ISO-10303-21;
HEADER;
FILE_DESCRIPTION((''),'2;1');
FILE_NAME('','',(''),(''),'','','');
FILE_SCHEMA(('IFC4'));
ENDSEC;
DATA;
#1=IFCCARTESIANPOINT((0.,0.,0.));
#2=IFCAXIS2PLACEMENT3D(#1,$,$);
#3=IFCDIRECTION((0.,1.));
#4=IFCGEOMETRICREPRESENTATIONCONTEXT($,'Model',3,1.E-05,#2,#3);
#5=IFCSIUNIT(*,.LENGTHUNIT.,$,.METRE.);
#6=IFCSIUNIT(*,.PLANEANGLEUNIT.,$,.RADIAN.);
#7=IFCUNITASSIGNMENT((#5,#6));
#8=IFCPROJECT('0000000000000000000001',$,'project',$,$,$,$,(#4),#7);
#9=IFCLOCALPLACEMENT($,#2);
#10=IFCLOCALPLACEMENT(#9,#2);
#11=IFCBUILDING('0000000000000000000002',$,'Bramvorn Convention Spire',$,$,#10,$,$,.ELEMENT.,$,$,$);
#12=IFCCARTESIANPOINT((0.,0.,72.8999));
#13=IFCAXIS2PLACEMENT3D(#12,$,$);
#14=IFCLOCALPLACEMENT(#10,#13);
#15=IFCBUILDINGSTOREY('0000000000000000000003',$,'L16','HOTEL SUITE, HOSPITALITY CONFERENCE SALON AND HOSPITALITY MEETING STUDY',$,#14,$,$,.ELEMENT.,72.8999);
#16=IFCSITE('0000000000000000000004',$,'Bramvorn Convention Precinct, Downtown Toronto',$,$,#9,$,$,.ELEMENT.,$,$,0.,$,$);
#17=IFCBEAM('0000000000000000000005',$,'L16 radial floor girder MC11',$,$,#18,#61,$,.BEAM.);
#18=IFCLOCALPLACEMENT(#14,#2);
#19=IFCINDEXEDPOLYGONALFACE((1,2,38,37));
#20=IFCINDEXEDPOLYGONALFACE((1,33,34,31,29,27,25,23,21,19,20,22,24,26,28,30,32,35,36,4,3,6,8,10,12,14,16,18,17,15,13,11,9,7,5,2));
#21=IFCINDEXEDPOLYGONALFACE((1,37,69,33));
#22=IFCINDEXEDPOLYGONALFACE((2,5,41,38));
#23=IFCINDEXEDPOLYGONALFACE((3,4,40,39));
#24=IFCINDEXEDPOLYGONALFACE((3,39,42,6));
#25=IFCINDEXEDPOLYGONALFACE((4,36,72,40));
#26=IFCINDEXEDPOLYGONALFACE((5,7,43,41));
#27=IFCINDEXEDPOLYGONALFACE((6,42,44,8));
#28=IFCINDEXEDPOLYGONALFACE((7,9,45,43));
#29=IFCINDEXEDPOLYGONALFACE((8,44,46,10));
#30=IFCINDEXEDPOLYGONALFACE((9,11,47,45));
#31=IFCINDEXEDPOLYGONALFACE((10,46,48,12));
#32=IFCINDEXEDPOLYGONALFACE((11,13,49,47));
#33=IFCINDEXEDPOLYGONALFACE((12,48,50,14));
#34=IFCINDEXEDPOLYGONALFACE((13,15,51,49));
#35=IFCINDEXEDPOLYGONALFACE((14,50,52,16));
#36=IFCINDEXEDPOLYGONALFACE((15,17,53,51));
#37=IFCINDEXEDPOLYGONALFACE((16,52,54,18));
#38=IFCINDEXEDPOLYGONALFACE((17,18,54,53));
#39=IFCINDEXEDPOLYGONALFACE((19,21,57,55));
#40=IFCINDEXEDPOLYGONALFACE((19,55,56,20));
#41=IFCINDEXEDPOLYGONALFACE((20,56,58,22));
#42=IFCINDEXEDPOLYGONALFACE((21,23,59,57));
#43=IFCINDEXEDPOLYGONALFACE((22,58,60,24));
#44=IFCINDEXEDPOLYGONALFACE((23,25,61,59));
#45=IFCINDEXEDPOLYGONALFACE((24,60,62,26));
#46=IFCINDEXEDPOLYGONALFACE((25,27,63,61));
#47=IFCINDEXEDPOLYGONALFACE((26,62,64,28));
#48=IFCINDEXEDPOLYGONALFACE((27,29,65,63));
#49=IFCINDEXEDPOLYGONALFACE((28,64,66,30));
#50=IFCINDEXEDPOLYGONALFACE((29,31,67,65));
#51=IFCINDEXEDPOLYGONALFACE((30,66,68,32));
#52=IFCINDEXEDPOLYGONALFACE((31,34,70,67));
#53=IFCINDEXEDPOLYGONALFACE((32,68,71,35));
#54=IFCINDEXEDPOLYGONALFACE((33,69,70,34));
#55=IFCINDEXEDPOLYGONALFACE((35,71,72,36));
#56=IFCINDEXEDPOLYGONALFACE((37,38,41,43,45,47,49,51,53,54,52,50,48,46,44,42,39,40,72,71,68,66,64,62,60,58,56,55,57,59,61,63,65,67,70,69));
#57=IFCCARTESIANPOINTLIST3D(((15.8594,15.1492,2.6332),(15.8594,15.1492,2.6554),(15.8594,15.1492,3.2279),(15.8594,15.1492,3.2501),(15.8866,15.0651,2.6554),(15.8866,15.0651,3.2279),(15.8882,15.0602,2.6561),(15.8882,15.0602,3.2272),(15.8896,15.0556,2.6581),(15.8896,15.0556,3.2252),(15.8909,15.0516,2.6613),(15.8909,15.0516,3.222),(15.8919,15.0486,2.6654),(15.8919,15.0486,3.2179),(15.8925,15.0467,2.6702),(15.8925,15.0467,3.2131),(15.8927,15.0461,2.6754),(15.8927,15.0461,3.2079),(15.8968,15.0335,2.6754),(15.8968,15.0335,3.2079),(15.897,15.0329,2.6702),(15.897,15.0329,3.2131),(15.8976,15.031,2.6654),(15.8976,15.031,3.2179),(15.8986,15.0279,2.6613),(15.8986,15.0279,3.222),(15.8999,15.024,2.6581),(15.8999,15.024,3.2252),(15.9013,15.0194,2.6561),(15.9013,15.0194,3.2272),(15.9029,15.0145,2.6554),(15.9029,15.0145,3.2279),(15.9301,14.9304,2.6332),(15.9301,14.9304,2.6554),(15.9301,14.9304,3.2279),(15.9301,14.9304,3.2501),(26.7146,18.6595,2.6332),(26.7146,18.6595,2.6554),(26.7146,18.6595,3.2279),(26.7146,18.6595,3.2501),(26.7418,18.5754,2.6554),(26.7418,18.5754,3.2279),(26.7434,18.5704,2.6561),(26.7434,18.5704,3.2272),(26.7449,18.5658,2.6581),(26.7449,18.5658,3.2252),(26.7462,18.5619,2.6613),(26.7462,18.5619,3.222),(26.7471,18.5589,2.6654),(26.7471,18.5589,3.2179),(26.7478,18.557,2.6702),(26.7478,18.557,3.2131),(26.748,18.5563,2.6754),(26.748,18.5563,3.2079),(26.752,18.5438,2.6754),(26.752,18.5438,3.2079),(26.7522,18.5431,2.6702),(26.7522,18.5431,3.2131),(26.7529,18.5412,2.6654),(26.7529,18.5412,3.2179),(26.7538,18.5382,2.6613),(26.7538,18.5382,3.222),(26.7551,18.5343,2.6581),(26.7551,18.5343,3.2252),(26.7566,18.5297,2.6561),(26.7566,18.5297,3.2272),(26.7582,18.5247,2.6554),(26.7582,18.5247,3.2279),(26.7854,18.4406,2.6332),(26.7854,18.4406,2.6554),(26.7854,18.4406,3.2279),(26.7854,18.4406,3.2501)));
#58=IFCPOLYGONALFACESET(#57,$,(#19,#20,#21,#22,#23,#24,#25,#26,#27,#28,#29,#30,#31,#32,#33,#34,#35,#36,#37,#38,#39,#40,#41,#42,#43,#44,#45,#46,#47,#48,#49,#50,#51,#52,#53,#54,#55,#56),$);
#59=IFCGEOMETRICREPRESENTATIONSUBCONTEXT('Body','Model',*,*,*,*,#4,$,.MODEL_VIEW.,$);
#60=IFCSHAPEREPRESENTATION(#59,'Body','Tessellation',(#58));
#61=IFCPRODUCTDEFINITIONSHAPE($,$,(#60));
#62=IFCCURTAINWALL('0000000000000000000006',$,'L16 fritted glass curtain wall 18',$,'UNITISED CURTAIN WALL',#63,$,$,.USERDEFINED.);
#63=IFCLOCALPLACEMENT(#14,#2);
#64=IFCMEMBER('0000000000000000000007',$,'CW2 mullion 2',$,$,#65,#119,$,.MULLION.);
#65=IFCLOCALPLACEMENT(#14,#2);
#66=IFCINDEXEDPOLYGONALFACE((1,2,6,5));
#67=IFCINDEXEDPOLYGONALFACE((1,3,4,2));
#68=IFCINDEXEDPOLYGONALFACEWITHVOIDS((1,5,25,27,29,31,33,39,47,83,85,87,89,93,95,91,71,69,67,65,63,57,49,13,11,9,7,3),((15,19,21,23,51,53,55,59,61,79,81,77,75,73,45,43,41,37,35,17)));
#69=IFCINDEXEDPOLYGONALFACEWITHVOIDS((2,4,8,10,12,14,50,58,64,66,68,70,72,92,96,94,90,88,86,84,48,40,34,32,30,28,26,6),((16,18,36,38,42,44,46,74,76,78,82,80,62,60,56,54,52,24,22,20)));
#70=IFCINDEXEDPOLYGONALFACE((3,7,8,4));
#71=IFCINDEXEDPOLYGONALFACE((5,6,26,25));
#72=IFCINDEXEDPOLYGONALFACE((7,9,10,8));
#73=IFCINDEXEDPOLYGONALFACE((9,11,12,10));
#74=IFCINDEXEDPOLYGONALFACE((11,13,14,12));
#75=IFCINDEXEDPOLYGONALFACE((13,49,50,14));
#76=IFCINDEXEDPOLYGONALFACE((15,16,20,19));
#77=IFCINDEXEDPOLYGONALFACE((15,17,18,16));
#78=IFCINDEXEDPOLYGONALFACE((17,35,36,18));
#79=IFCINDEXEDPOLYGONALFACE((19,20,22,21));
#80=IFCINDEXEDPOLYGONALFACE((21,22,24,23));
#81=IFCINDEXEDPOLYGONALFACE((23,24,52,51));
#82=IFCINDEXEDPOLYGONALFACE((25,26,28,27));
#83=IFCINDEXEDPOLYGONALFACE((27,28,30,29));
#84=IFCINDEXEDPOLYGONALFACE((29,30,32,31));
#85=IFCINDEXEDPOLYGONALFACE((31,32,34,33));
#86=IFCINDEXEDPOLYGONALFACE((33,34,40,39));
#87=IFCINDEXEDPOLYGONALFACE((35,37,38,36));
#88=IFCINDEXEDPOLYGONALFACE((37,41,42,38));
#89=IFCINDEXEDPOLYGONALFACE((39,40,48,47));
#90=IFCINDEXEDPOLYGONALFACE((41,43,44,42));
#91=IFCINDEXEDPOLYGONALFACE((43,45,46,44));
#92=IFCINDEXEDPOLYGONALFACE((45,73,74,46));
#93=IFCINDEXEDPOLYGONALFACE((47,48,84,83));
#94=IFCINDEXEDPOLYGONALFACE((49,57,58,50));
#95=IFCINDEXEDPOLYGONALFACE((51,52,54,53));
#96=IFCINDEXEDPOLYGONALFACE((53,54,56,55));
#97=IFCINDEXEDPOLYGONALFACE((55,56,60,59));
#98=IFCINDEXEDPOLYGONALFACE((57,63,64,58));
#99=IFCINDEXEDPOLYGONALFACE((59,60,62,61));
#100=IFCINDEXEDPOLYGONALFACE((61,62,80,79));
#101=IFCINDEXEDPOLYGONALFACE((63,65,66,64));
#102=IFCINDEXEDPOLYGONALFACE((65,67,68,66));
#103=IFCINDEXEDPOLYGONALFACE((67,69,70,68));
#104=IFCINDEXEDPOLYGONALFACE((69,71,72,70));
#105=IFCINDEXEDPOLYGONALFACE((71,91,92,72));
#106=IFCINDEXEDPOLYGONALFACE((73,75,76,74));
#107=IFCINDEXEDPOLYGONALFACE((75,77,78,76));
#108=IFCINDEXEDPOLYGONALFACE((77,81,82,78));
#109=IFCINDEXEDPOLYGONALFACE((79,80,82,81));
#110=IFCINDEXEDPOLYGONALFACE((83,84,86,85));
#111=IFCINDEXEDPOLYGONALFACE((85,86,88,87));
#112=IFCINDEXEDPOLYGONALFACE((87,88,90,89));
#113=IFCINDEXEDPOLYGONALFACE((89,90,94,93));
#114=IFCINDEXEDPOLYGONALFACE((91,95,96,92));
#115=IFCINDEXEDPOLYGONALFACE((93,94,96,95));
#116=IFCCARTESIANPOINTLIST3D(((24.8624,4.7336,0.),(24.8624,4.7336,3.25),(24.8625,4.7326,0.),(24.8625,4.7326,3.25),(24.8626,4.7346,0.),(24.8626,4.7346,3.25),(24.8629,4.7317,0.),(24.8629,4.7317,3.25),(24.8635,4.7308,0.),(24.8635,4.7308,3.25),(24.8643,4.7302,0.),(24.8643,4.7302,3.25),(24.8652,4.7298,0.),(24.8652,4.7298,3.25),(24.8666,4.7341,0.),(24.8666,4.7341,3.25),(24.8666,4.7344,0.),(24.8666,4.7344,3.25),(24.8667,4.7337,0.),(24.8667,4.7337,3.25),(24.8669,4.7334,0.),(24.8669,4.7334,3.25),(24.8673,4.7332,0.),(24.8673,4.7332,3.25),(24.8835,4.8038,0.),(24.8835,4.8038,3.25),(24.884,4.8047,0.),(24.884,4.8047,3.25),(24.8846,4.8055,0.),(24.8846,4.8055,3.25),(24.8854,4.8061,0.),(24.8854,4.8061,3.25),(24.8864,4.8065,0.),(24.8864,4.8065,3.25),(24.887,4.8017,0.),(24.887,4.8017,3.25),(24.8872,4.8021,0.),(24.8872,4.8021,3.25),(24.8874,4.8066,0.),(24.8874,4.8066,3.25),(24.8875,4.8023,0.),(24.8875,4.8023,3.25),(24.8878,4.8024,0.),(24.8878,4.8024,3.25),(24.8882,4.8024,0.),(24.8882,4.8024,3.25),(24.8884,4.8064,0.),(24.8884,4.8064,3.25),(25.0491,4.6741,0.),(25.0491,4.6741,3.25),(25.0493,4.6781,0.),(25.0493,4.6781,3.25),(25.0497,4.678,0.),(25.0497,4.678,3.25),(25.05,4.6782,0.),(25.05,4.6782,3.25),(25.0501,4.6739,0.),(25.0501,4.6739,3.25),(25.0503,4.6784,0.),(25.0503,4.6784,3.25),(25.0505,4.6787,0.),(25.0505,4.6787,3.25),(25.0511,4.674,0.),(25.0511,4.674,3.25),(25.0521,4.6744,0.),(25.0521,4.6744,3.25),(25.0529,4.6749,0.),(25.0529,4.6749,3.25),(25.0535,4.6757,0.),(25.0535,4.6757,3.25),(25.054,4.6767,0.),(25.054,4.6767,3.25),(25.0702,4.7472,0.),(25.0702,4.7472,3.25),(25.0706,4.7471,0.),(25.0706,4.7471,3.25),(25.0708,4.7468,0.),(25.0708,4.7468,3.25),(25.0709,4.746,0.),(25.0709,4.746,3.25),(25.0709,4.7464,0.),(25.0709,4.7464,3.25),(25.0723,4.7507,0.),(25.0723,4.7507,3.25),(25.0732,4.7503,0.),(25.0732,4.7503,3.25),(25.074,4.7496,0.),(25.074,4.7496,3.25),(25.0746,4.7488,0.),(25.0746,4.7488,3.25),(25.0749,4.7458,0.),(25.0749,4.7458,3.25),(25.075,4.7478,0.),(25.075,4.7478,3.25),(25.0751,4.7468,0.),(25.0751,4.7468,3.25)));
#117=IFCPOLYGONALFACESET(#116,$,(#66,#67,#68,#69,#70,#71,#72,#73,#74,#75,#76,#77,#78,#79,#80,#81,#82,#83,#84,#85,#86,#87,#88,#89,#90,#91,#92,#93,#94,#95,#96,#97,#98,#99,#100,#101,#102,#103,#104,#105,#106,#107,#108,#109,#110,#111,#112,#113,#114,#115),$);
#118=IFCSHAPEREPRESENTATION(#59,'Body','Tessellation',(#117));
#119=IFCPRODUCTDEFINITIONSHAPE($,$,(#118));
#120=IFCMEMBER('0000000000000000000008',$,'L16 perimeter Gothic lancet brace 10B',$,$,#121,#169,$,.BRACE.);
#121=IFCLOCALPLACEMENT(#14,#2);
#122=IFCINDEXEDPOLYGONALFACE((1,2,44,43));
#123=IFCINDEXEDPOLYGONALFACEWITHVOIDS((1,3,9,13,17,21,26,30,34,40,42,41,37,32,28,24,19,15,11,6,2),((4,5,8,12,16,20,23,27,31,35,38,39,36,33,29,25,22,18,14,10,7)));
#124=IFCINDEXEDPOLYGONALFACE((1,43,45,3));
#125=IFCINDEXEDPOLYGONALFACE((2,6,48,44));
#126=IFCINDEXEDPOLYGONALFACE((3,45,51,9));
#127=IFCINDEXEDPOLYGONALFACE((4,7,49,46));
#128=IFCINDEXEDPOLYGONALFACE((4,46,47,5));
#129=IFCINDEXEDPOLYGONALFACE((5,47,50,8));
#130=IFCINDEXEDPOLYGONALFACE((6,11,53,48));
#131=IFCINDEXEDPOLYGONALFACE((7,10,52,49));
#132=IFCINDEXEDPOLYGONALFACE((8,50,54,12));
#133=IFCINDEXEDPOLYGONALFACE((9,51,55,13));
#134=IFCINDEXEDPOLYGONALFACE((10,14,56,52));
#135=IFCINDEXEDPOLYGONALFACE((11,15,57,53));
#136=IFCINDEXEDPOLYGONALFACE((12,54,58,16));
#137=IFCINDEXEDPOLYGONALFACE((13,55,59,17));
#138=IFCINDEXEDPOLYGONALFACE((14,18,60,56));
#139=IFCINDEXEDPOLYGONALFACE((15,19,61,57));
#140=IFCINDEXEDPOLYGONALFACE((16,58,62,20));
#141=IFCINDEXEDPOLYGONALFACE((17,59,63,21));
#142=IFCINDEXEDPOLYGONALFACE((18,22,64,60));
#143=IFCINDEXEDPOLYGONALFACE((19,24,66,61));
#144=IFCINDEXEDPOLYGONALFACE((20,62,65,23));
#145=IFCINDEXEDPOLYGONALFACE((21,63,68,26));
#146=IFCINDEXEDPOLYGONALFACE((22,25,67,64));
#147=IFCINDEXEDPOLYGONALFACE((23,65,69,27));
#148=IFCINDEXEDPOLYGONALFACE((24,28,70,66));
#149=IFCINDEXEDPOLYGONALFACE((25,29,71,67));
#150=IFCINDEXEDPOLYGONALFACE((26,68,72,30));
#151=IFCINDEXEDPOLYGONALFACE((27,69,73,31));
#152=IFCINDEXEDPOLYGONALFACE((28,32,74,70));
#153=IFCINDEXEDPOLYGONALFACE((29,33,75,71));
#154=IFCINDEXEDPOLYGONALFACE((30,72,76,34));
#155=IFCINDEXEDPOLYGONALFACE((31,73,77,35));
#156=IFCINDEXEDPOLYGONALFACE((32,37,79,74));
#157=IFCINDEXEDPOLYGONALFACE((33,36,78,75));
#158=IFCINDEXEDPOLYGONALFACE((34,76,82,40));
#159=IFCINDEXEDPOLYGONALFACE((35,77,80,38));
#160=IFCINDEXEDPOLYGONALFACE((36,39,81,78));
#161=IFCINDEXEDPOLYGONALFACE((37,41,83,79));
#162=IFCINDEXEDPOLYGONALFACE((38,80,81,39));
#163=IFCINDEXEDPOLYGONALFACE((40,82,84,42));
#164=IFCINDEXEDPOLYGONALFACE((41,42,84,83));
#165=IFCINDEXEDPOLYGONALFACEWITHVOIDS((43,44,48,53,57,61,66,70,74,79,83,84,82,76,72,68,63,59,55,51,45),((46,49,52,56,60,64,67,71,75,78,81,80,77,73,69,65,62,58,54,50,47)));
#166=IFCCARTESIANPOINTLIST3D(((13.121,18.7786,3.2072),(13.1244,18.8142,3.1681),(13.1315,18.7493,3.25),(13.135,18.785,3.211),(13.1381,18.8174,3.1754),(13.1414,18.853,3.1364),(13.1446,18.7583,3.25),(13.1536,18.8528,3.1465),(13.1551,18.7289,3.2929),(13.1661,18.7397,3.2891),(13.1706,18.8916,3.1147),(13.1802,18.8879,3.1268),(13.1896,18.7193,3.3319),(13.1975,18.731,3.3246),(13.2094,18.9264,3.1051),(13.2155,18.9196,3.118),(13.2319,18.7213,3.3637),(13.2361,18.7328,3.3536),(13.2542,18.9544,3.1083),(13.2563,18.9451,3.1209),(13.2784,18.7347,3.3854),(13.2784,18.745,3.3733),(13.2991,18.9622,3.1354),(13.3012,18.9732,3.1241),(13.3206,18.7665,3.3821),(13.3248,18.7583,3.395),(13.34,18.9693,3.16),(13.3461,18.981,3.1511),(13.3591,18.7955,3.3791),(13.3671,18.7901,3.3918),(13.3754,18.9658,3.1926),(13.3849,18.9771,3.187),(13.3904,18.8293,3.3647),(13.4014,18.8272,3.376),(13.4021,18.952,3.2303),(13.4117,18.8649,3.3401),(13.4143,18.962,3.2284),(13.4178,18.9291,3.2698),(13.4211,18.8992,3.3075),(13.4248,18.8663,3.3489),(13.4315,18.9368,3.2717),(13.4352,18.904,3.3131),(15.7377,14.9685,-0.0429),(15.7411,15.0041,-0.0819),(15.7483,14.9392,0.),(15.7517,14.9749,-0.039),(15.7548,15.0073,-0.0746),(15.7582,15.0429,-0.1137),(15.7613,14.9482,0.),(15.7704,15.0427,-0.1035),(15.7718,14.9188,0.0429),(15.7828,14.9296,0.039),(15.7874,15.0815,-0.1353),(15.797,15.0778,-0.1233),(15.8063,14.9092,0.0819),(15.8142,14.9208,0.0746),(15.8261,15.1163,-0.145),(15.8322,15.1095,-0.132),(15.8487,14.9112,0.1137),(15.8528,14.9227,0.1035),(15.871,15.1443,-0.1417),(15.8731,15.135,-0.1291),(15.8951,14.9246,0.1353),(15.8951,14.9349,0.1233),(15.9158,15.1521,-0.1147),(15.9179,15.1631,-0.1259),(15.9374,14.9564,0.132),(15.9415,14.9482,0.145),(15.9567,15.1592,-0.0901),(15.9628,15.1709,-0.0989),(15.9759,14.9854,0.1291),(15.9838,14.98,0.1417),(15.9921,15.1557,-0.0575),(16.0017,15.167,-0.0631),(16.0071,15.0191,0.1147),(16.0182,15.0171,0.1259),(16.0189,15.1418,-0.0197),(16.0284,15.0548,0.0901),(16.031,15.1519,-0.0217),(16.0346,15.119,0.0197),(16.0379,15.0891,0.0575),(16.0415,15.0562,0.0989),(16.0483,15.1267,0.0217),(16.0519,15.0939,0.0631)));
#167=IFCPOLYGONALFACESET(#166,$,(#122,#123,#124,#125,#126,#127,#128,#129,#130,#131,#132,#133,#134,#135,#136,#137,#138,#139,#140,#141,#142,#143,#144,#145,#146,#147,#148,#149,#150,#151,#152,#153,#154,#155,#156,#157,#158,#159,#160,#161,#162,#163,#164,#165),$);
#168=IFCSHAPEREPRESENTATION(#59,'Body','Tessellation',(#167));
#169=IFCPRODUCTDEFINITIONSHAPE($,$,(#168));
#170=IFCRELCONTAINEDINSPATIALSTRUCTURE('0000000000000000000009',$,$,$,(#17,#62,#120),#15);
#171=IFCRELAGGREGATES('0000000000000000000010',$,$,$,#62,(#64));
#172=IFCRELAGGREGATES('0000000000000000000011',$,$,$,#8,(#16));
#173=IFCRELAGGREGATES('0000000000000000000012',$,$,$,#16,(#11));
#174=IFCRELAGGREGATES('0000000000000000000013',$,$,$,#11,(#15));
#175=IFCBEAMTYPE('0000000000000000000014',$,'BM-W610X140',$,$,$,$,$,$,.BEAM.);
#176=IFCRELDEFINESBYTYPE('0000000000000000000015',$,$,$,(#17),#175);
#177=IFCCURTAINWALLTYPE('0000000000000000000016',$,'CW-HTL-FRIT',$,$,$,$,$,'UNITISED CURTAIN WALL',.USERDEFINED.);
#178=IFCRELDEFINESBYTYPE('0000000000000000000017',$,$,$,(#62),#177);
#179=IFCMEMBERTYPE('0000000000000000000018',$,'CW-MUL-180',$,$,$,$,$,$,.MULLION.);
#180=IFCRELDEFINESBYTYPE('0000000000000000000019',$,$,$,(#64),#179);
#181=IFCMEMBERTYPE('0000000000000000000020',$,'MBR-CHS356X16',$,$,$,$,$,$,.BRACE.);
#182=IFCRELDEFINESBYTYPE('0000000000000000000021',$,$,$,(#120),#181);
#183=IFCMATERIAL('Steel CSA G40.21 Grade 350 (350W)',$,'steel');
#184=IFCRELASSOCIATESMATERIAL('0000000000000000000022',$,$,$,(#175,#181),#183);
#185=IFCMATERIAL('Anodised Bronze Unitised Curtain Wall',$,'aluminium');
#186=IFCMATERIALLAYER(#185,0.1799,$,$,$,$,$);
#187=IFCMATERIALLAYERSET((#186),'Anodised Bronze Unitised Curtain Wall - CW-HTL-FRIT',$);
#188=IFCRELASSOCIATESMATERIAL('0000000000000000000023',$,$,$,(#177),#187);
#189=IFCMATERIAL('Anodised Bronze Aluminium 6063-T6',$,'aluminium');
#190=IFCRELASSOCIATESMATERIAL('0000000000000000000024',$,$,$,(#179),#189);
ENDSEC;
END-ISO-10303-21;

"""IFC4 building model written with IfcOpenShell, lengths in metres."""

from ifc_helpers import new_model, si_unit, direction, frame, origin, origin_2d, place, context, subcontext, project, spatial, hollow_rectangle, hollow_circle, i_section, extrude, material, layer, layer_set, material_profile, profile_set, type_object, element, aggregate, save


model = new_model("IFC4")

# Units and contexts
model_context = context("Model", 3, precision=1e-05, world=origin(), true_north=direction((0.0, 1.0)))
body_context = subcontext(model_context, "Body", "Model", "MODEL_VIEW")
ifc_project = project(units=[si_unit("LENGTHUNIT", "METRE"), si_unit("PLANEANGLEUNIT", "RADIAN")], contexts=[model_context])

# Site, building, storey
site_placement = place(None, origin())
site = spatial("IfcSite", under=ifc_project, at=site_placement, Name="Bramvorn Convention Precinct, Downtown Toronto", CompositionType="ELEMENT", RefElevation=0.0)
building_placement = place(site_placement, origin())
building = spatial("IfcBuilding", under=site, at=building_placement, Name="Bramvorn Convention Spire", CompositionType="ELEMENT")
storey_placement = place(building_placement, frame((0.0, 0.0, 72.8999)))
storey = spatial("IfcBuildingStorey", under=building, at=storey_placement, Name="L16", Description="HOTEL SUITE, HOSPITALITY CONFERENCE SALON AND HOSPITALITY MEETING STUDY", CompositionType="ELEMENT", Elevation=72.8999)

# Shared definitions
ifc_material_1 = material(Name="Steel CSA G40.21 Grade 350 (350W)", Category="steel")

# Beam
ifc_material_profile_1 = material_profile(ifc_material_1, i_section(OverallWidth=0.23, OverallDepth=0.6169, WebThickness=0.0132, FlangeThickness=0.0222, FilletRadius=0.02, at=origin_2d()))
ifc_profile_set_1 = profile_set([ifc_material_profile_1], Name="Steel CSA G40.21 Grade 350 (350W) - W610X140")
beam_type_1 = type_object("IfcBeamType", Name="BM-W610X140", PredefinedType="BEAM", material=ifc_profile_set_1)
beam_1_placement = place(storey_placement, frame((26.75, 18.55, 2.9417), z_axis=(-0.951489, -0.307683, 0.0), x_axis=(0.307683, -0.951489, 0.0)))
element("IfcBeam", 1, at=beam_1_placement, inside=storey, type_object=beam_type_1, Name="L16 radial floor girder MC11", PredefinedType="BEAM", context=body_context, shape_type="SweptSolid", body=[
    extrude(i_section(OverallWidth=0.23, OverallDepth=0.6169, WebThickness=0.0132, FlangeThickness=0.0222, FilletRadius=0.02, at=origin_2d()), origin(), (0.0, 0.0, 1.0), 11.4087),
])

# Curtain wall, member
ifc_material_2 = material(Name="Anodised Bronze Unitised Curtain Wall", Category="aluminium")
ifc_layer_1 = layer(ifc_material_2, 0.1799)
ifc_layer_set_1 = layer_set([ifc_layer_1], Name="Anodised Bronze Unitised Curtain Wall - CW-HTL-FRIT")
curtain_wall_type = type_object("IfcCurtainWallType", Name="CW-HTL-FRIT", ElementType="UNITISED CURTAIN WALL", PredefinedType="USERDEFINED", material=ifc_layer_set_1)
curtain_wall_placement = place(storey_placement, origin())
curtain_wall = element("IfcCurtainWall", 2, at=curtain_wall_placement, inside=storey, type_object=curtain_wall_type, Name="L16 fritted glass curtain wall 18", ObjectType="UNITISED CURTAIN WALL", PredefinedType="USERDEFINED")
ifc_material_3 = material(Name="Anodised Bronze Aluminium 6063-T6", Category="aluminium")
ifc_material_profile_2 = material_profile(ifc_material_3, hollow_rectangle(XDim=0.0801, YDim=0.2, WallThickness=0.0039, InnerFilletRadius=0.001, OuterFilletRadius=0.0039, at=origin_2d()))
ifc_profile_set_2 = profile_set([ifc_material_profile_2], Name="Anodised Bronze Aluminium 6063-T6 - CWM80X200")
member_type_1 = type_object("IfcMemberType", Name="CW-MUL-180", PredefinedType="MULLION", material=ifc_profile_set_2)
member_1_placement = place(storey_placement, frame((24.9688, 4.7402, 0.0), z_axis=(0.0, 0.0, 1.0), x_axis=(-0.28999, -0.95703, 0.0)))
member_1 = element("IfcMember", 3, at=member_1_placement, type_object=member_type_1, Name="CW2 mullion 2", PredefinedType="MULLION", context=body_context, shape_type="SweptSolid", body=[
    extrude(hollow_rectangle(XDim=0.0801, YDim=0.2, WallThickness=0.0039, InnerFilletRadius=0.001, OuterFilletRadius=0.0039, at=origin_2d()), origin(), (0.0, 0.0, 1.0), 3.25),
])
aggregate(curtain_wall, [member_1])

# Member
ifc_material_profile_3 = material_profile(ifc_material_1, hollow_circle(Radius=0.1777, WallThickness=0.0159, at=origin_2d()))
ifc_profile_set_3 = profile_set([ifc_material_profile_3], Name="Steel CSA G40.21 Grade 350 (350W) - CHS356X16")
member_type_2 = type_object("IfcMemberType", Name="MBR-CHS356X16", PredefinedType="BRACE", material=ifc_profile_set_3)
member_2_placement = place(storey_placement, frame((15.8948, 15.0398, 0.0), z_axis=(-0.463106, 0.674308, 0.575188), x_axis=(-0.824316, -0.56613, 0.0)))
element("IfcMember", 4, at=member_2_placement, inside=storey, type_object=member_type_2, Name="L16 perimeter Gothic lancet brace 10B", PredefinedType="BRACE", context=body_context, shape_type="SweptSolid", body=[
    extrude(hollow_circle(Radius=0.1777, WallThickness=0.0159, at=origin_2d()), origin(), (0.0, 0.0, 1.0), 5.6504),
])

save(model, "model.ifc")
